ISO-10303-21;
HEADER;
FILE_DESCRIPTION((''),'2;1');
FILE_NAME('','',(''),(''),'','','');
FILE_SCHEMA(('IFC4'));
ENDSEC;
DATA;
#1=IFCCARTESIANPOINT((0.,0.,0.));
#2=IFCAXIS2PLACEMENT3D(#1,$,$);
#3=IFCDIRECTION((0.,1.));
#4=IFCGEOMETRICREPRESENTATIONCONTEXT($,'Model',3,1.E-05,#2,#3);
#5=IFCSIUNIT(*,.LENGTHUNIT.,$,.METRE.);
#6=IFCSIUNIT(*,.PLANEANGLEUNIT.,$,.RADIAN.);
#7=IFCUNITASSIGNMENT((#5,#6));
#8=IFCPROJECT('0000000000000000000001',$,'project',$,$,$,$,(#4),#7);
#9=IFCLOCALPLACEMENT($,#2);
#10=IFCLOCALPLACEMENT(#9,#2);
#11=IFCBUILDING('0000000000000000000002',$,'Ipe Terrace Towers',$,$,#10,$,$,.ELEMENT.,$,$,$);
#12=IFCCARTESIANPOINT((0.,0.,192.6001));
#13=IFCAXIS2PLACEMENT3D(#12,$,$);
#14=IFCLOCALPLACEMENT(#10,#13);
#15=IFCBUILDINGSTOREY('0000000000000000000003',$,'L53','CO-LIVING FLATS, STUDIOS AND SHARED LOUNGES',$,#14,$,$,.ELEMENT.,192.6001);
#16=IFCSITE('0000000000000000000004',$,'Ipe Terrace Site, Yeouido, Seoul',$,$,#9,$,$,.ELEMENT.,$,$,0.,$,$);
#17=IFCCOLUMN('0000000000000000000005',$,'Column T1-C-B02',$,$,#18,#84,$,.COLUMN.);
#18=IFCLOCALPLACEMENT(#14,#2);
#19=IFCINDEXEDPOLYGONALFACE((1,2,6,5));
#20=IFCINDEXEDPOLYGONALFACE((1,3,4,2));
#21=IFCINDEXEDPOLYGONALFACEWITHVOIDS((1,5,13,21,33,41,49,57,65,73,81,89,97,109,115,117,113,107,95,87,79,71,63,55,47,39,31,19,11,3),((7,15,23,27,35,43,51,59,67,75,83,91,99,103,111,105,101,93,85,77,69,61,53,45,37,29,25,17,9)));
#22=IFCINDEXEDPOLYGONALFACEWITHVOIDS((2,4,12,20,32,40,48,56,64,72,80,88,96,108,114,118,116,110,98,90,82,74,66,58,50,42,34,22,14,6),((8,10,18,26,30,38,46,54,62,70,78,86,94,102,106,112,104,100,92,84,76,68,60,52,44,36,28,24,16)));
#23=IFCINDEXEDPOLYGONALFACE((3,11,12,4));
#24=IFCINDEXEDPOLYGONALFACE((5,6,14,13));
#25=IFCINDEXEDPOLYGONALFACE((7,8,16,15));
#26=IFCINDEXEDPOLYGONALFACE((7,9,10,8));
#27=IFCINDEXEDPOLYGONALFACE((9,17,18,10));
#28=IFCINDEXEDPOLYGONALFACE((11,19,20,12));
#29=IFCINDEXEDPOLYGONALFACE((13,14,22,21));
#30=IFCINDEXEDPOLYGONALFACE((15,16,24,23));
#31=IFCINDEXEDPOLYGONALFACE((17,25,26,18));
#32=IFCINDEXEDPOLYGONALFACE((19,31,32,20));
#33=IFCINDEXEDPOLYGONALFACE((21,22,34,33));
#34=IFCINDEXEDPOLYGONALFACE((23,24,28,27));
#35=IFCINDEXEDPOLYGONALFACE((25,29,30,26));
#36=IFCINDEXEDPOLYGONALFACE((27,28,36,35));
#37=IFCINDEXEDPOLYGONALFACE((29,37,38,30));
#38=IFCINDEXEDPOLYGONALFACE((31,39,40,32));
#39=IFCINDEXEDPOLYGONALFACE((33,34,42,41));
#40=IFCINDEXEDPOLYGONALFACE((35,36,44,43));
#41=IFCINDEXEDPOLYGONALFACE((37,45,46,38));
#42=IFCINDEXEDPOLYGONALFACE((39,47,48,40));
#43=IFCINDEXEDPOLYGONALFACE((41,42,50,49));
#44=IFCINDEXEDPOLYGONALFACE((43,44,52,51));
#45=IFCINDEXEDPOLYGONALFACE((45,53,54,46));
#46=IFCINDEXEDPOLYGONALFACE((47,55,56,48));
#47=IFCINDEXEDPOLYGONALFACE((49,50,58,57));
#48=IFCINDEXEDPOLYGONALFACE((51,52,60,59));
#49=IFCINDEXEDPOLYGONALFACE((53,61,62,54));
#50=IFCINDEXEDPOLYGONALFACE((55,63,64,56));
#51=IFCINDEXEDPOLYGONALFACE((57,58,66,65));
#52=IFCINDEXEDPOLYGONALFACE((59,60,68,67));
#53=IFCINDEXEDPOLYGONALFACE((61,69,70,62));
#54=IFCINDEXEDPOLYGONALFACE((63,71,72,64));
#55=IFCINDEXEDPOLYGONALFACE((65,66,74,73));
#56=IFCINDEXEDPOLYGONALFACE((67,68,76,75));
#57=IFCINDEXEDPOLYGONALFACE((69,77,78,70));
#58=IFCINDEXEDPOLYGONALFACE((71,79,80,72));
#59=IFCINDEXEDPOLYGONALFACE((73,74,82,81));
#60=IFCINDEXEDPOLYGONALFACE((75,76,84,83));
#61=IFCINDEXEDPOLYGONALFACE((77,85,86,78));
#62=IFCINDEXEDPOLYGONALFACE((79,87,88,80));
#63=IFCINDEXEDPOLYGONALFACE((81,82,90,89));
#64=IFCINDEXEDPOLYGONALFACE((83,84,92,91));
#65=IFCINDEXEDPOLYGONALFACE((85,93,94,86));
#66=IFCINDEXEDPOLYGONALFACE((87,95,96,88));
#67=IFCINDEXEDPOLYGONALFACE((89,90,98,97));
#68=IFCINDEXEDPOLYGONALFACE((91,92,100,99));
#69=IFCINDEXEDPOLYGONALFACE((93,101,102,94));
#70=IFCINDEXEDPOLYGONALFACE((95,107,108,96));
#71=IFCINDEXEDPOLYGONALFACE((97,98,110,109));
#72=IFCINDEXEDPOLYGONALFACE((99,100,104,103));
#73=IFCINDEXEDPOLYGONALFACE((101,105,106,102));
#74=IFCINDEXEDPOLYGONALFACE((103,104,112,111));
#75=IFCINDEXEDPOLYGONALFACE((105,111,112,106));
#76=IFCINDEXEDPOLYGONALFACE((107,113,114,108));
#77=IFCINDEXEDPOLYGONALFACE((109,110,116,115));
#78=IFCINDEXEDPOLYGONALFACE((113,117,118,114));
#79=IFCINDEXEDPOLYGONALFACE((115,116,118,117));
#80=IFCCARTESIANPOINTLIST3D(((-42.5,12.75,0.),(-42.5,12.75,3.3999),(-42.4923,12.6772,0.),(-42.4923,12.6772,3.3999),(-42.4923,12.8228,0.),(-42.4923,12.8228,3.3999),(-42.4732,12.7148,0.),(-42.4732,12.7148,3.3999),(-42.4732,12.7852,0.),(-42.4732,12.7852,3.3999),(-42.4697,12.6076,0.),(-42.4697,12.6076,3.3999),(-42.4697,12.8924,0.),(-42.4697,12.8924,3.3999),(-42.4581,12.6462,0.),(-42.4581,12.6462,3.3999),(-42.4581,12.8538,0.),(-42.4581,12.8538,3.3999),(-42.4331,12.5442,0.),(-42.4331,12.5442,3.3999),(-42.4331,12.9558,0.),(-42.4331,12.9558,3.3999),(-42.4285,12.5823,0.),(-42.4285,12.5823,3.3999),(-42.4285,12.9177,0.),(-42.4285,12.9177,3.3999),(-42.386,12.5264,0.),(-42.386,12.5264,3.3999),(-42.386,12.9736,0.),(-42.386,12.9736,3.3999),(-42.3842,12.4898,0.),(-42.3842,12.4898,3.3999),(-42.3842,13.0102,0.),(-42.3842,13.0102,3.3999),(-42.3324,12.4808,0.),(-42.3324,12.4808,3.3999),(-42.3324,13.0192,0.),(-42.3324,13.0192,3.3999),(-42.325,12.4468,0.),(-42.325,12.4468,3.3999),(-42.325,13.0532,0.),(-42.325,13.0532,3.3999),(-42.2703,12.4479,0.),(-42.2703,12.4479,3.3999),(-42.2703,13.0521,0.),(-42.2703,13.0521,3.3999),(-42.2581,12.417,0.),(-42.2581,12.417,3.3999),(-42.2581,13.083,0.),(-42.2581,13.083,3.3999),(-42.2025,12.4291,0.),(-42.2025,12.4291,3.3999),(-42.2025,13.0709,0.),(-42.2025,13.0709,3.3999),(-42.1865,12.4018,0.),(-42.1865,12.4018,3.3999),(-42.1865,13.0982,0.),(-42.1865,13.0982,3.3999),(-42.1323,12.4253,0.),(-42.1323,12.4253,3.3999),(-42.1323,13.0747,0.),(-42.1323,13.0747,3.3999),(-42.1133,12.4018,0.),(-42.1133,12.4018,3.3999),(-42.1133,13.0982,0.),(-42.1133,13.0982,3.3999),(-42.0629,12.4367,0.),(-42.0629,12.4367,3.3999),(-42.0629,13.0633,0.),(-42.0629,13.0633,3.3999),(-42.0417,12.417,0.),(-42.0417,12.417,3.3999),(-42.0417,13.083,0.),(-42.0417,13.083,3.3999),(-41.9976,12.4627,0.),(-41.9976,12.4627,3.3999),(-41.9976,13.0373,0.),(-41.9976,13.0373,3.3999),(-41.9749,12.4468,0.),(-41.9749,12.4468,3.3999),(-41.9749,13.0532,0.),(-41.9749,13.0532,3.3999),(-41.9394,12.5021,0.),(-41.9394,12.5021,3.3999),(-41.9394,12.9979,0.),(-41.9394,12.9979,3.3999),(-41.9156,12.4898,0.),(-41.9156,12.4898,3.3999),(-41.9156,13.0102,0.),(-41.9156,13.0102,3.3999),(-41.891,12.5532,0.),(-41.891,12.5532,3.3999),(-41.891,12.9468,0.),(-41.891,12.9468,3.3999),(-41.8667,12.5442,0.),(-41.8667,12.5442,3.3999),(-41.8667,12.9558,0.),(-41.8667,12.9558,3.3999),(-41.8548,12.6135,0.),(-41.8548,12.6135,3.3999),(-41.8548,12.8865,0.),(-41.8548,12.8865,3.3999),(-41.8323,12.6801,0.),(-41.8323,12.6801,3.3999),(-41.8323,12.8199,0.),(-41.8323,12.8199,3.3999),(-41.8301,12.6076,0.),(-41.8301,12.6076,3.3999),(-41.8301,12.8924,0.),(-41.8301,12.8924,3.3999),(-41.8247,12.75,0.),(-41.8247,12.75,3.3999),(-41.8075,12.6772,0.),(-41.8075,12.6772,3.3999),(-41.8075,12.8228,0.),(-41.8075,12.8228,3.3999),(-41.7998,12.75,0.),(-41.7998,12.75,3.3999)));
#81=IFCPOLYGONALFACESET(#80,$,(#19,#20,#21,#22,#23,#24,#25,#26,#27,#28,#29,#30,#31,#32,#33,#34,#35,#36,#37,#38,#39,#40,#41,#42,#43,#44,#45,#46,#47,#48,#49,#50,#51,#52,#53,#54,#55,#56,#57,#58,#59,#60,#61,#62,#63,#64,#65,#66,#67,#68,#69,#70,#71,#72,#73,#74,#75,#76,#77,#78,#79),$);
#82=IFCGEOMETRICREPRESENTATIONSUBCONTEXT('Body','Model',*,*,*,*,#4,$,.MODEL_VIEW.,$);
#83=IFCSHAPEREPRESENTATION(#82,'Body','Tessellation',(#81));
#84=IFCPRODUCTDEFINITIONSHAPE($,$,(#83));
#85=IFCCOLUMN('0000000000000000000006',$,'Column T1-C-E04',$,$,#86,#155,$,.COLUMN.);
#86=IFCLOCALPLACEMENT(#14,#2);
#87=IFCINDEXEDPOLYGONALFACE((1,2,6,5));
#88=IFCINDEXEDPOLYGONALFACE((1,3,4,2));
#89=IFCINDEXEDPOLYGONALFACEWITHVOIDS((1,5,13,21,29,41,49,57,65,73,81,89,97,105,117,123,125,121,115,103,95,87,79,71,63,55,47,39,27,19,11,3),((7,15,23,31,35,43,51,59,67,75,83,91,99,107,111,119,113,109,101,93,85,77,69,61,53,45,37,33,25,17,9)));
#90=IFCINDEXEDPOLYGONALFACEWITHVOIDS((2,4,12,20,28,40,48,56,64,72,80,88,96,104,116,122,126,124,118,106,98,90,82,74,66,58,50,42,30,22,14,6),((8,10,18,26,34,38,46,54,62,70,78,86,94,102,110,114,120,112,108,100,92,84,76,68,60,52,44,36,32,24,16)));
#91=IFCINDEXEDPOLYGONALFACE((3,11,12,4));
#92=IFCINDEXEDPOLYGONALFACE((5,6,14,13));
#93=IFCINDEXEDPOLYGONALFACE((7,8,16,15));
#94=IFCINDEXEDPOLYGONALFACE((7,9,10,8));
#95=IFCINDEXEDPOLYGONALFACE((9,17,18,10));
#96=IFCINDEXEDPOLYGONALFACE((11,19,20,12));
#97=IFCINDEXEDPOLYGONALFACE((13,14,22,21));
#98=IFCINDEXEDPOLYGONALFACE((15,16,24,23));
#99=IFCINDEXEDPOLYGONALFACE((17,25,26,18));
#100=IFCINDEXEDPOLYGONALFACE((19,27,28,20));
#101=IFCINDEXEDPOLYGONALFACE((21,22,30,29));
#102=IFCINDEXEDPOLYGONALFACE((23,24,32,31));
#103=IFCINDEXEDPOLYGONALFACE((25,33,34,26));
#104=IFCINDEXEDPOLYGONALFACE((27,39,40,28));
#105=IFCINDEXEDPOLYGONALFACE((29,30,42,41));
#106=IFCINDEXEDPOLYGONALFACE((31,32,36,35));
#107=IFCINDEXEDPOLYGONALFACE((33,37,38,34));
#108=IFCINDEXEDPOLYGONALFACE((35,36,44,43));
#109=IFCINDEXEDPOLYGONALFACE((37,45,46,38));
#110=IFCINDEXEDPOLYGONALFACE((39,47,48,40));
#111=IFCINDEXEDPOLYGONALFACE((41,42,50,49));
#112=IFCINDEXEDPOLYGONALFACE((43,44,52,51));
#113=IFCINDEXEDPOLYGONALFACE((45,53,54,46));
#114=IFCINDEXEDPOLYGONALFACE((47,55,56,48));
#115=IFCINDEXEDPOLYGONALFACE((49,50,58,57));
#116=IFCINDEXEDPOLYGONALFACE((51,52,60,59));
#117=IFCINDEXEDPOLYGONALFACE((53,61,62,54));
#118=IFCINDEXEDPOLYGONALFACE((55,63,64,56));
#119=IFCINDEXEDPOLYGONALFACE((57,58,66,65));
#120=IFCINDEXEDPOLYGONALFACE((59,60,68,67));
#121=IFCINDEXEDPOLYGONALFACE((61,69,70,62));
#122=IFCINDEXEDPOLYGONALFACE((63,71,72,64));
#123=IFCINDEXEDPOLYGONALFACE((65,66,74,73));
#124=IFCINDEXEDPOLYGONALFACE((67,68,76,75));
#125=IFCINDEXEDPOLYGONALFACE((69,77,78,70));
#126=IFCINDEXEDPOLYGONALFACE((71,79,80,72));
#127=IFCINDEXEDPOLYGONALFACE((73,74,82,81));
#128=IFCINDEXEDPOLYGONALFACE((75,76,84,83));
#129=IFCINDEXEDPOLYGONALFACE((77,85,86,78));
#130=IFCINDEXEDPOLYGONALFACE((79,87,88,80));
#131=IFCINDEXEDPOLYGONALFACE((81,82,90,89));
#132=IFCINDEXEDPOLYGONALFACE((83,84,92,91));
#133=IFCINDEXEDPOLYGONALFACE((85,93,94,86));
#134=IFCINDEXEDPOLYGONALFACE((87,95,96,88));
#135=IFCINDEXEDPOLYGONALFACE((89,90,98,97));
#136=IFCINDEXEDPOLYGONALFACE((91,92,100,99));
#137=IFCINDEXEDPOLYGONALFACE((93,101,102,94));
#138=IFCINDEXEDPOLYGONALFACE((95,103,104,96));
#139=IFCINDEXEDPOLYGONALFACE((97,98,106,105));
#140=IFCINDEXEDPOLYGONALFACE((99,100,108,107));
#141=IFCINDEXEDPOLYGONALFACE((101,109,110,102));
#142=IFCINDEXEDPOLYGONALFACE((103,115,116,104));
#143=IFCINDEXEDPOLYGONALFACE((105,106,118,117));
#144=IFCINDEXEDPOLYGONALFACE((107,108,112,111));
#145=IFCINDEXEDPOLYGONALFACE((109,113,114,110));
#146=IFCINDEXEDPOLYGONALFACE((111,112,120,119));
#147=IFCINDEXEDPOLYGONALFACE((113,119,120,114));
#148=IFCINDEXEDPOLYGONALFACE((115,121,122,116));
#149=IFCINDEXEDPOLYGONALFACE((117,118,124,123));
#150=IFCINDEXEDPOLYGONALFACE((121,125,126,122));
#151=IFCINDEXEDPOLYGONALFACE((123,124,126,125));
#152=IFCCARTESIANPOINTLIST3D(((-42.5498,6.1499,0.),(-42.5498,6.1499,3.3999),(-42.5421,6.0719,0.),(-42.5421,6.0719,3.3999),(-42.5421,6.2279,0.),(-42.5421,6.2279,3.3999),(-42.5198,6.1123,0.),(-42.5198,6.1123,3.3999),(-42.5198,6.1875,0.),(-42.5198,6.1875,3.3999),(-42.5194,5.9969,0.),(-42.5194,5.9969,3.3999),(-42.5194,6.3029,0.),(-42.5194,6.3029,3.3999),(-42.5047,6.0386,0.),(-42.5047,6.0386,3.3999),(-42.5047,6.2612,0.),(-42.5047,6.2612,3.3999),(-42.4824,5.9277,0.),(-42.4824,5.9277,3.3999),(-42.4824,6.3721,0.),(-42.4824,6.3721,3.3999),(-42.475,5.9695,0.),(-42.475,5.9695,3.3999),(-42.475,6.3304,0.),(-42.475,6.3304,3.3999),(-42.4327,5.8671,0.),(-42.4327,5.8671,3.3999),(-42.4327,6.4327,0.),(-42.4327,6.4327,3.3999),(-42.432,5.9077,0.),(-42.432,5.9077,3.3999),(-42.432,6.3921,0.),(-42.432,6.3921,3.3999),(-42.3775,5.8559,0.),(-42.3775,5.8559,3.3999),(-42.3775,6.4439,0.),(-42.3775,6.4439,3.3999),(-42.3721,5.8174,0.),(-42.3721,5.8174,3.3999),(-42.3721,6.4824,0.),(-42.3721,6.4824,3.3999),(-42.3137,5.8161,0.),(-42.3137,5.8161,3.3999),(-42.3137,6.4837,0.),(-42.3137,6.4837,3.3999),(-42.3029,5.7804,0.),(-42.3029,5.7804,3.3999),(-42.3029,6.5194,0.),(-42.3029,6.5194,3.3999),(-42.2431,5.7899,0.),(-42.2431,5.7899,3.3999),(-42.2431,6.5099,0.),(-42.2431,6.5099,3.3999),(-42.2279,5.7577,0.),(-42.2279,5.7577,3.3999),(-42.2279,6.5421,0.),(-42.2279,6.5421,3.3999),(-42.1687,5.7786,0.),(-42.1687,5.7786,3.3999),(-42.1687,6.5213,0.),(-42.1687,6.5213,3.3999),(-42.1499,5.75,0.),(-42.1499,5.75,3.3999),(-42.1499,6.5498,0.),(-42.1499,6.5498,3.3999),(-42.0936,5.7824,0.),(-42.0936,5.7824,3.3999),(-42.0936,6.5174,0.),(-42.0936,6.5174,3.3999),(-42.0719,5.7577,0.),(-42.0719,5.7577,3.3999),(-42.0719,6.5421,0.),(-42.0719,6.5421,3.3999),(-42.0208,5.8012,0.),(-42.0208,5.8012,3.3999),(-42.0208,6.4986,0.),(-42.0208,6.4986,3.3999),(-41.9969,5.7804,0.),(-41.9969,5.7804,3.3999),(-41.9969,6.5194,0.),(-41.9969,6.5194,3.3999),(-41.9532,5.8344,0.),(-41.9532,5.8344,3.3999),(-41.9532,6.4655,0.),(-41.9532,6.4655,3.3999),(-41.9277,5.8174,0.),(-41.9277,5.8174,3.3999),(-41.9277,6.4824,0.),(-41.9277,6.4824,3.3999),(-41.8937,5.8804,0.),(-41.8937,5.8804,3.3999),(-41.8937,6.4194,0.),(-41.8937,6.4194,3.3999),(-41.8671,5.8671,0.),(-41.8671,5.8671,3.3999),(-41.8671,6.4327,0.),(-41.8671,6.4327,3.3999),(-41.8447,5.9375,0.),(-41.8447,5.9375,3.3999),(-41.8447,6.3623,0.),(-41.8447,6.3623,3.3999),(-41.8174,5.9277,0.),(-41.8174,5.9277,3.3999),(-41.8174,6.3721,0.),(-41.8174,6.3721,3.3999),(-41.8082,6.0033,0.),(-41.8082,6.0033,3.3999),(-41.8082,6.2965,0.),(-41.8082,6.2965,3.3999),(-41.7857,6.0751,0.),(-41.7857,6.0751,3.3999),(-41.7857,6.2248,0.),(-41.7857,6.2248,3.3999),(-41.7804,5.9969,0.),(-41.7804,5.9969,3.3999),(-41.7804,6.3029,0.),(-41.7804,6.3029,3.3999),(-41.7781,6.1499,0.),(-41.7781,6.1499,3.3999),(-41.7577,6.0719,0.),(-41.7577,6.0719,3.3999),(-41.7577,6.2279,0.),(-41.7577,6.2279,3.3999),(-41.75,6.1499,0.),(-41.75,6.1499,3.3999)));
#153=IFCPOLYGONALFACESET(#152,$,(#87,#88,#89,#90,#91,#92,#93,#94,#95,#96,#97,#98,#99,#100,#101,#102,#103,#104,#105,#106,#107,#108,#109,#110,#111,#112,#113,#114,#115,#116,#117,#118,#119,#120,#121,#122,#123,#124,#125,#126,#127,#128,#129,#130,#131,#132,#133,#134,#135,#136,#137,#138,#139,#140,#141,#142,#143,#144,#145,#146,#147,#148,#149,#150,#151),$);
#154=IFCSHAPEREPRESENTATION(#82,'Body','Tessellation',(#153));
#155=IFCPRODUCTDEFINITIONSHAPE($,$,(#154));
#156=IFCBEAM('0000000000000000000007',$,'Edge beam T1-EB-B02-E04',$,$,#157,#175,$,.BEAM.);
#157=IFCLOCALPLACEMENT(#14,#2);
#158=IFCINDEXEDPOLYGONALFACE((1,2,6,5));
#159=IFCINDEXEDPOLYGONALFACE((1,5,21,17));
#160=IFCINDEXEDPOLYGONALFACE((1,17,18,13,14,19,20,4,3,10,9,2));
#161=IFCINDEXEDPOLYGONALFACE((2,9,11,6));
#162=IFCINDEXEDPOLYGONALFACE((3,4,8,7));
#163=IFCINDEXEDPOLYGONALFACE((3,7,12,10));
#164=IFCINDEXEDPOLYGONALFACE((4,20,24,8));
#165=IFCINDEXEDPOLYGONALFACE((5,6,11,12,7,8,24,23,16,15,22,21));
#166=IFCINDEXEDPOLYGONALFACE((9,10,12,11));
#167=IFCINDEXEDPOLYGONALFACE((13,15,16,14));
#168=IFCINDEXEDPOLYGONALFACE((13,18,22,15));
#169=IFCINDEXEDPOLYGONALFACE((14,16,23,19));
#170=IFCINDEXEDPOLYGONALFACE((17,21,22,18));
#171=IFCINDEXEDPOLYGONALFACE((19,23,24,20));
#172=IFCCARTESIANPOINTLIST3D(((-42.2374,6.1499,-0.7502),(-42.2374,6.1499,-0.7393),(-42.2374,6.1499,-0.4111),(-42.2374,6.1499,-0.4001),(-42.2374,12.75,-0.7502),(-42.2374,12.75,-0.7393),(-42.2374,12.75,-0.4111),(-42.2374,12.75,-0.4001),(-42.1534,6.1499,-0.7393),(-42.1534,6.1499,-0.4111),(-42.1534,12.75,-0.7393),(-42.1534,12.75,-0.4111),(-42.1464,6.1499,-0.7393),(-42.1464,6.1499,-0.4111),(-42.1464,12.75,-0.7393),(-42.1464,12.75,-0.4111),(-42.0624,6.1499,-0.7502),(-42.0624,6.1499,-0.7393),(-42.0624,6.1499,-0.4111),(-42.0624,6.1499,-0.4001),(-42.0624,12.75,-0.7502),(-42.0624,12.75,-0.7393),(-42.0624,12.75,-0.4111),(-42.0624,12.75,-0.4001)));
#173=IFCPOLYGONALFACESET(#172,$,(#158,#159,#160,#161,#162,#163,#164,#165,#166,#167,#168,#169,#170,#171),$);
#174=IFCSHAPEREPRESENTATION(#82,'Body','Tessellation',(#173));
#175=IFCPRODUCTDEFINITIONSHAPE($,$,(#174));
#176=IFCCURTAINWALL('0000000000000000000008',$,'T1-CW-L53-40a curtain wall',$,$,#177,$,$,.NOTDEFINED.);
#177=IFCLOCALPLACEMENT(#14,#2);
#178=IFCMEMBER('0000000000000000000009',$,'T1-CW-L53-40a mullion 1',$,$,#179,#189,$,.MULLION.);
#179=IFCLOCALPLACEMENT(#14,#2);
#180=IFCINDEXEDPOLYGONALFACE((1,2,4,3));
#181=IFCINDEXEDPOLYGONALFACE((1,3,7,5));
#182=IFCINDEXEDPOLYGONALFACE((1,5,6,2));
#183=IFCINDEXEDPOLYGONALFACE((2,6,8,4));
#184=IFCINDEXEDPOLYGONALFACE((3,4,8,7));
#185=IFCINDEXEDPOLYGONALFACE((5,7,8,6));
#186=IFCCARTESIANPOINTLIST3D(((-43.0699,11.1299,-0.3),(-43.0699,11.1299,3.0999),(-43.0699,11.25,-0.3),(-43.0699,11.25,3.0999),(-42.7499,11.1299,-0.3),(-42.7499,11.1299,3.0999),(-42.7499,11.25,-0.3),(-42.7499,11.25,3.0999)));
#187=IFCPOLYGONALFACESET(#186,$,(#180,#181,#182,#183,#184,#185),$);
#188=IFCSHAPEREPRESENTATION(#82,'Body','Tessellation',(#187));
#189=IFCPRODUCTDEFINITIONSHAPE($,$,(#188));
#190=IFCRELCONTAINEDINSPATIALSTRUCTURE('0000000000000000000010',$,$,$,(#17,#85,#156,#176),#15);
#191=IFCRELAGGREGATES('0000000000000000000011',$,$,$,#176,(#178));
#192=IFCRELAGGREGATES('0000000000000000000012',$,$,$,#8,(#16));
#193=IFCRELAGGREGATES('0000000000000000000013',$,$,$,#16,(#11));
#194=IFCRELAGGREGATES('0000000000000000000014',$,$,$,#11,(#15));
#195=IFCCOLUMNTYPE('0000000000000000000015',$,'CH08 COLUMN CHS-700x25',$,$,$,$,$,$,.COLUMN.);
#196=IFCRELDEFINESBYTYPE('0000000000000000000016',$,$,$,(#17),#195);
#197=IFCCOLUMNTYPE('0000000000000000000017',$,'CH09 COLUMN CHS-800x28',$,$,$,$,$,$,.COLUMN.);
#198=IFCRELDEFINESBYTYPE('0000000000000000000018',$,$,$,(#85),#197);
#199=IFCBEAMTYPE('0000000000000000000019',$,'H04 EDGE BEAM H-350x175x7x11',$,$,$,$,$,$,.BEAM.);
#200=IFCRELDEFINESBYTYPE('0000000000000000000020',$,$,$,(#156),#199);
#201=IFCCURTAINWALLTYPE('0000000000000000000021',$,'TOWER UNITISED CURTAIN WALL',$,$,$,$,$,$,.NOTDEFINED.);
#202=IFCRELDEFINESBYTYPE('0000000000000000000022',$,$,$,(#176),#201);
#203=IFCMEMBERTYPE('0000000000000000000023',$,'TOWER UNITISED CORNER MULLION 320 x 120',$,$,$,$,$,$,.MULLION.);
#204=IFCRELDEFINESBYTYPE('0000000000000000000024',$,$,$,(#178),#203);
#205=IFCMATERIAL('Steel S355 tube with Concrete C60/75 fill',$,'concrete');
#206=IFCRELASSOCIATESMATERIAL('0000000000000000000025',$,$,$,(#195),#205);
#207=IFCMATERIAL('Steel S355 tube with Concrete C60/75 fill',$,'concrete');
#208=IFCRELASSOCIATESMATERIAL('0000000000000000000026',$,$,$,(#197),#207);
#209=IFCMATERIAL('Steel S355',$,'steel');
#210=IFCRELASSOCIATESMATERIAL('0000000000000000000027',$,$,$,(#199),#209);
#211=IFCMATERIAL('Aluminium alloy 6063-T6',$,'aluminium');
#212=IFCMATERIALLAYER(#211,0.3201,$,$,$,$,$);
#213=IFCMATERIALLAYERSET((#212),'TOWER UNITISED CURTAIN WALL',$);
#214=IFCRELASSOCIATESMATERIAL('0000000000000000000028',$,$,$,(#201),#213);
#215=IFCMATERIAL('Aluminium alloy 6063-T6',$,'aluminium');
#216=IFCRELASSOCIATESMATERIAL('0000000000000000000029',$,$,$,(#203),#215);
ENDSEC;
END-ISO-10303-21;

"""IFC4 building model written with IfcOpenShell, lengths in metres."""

from ifc_helpers import new_model, si_unit, direction, frame, origin, origin_2d, place, context, subcontext, project, spatial, rectangle, hollow_circle, i_section, extrude, material, layer, layer_set, material_profile, profile_set, type_object, element, aggregate, save


model = new_model("IFC4")

# Units and contexts
model_context = context("Model", 3, precision=1e-05, world=origin(), true_north=direction((0.0, 1.0)))
body_context = subcontext(model_context, "Body", "Model", "MODEL_VIEW")
ifc_project = project(units=[si_unit("LENGTHUNIT", "METRE"), si_unit("PLANEANGLEUNIT", "RADIAN")], contexts=[model_context])

# Site, building, storey
site_placement = place(None, origin())
site = spatial("IfcSite", under=ifc_project, at=site_placement, Name="Ipe Terrace Site, Yeouido, Seoul", CompositionType="ELEMENT", RefElevation=0.0)
building_placement = place(site_placement, origin())
building = spatial("IfcBuilding", under=site, at=building_placement, Name="Ipe Terrace Towers", CompositionType="ELEMENT")
storey_placement = place(building_placement, frame((0.0, 0.0, 192.6001)))
storey = spatial("IfcBuildingStorey", under=building, at=storey_placement, Name="L53", Description="CO-LIVING FLATS, STUDIOS AND SHARED LOUNGES", CompositionType="ELEMENT", Elevation=192.6001)

# Columns
ifc_material_1 = material(Name="Steel S355 tube with Concrete C60/75 fill", Category="concrete")
ifc_material_profile_1 = material_profile(ifc_material_1, hollow_circle(Radius=0.3501, WallThickness=0.0249, at=origin_2d()), Name="CHS-700x25")
ifc_profile_set_1 = profile_set([ifc_material_profile_1], Name="Steel S355 tube with Concrete C60/75 fill")
column_type_1 = type_object("IfcColumnType", Name="CH08 COLUMN CHS-700x25", PredefinedType="COLUMN", material=ifc_profile_set_1)
column_1_placement = place(storey_placement, frame((-42.1499, 12.75, 0.0), z_axis=(0.0, 0.0, 1.0), x_axis=(1.0, 0.0, 0.0)))
element("IfcColumn", 1, at=column_1_placement, inside=storey, type_object=column_type_1, Name="Column T1-C-B02", PredefinedType="COLUMN", context=body_context, shape_type="SweptSolid", body=[
    extrude(hollow_circle(Radius=0.3501, WallThickness=0.0249, at=origin_2d()), origin(), (0.0, 0.0, 1.0), 3.3999),
])
ifc_material_2 = material(Name="Steel S355 tube with Concrete C60/75 fill", Category="concrete")
ifc_material_profile_2 = material_profile(ifc_material_2, hollow_circle(Radius=0.3999, WallThickness=0.0281, at=origin_2d()), Name="CHS-800x28")
ifc_profile_set_2 = profile_set([ifc_material_profile_2], Name="Steel S355 tube with Concrete C60/75 fill")
column_type_2 = type_object("IfcColumnType", Name="CH09 COLUMN CHS-800x28", PredefinedType="COLUMN", material=ifc_profile_set_2)
column_2_placement = place(storey_placement, frame((-42.1499, 6.1499, 0.0), z_axis=(0.0, 0.0, 1.0), x_axis=(1.0, 0.0, 0.0)))
element("IfcColumn", 2, at=column_2_placement, inside=storey, type_object=column_type_2, Name="Column T1-C-E04", PredefinedType="COLUMN", context=body_context, shape_type="SweptSolid", body=[
    extrude(hollow_circle(Radius=0.3999, WallThickness=0.0281, at=origin_2d()), origin(), (0.0, 0.0, 1.0), 3.3999),
])

# Beam
ifc_material_3 = material(Name="Steel S355", Category="steel")
ifc_material_profile_3 = material_profile(ifc_material_3, i_section(OverallWidth=0.175, OverallDepth=0.3501, WebThickness=0.0071, FlangeThickness=0.011, at=origin_2d()), Name="H-350x175x7x11")
ifc_profile_set_3 = profile_set([ifc_material_profile_3], Name="Steel S355")
beam_type = type_object("IfcBeamType", Name="H04 EDGE BEAM H-350x175x7x11", PredefinedType="BEAM", material=ifc_profile_set_3)
beam_placement = place(storey_placement, frame((-42.1499, 12.75, -0.5752), z_axis=(0.0, -1.0, 0.0), x_axis=(1.0, 0.0, 0.0)))
element("IfcBeam", 3, at=beam_placement, inside=storey, type_object=beam_type, Name="Edge beam T1-EB-B02-E04", PredefinedType="BEAM", context=body_context, shape_type="SweptSolid", body=[
    extrude(i_section(OverallWidth=0.175, OverallDepth=0.3501, WebThickness=0.0071, FlangeThickness=0.011, at=origin_2d()), origin(), (0.0, 0.0, 1.0), 6.6001),
])

# Curtain wall, member
ifc_material_4 = material(Name="Aluminium alloy 6063-T6", Category="aluminium")
ifc_layer_1 = layer(ifc_material_4, 0.3201)
ifc_layer_set_1 = layer_set([ifc_layer_1], Name="TOWER UNITISED CURTAIN WALL")
curtain_wall_type = type_object("IfcCurtainWallType", Name="TOWER UNITISED CURTAIN WALL", PredefinedType="NOTDEFINED", material=ifc_layer_set_1)
curtain_wall_placement = place(storey_placement, origin())
curtain_wall = element("IfcCurtainWall", 4, at=curtain_wall_placement, inside=storey, type_object=curtain_wall_type, Name="T1-CW-L53-40a curtain wall", PredefinedType="NOTDEFINED")
ifc_material_5 = material(Name="Aluminium alloy 6063-T6", Category="aluminium")
ifc_material_profile_4 = material_profile(ifc_material_5, rectangle(XDim=0.3201, YDim=0.1201, at=origin_2d()), Name="TOWER UNITISED CORNER MULLION 320 x 120")
ifc_profile_set_4 = profile_set([ifc_material_profile_4], Name="Aluminium alloy 6063-T6")
member_type = type_object("IfcMemberType", Name="TOWER UNITISED CORNER MULLION 320 x 120", PredefinedType="MULLION", material=ifc_profile_set_4)
member_1_placement = place(storey_placement, frame((-42.9099, 11.1899, -0.3), z_axis=(0.0, 0.0, 1.0), x_axis=(-1.0, 0.0, 0.0)))
member_1 = element("IfcMember", 5, at=member_1_placement, type_object=member_type, Name="T1-CW-L53-40a mullion 1", PredefinedType="MULLION", context=body_context, shape_type="SweptSolid", body=[
    extrude(rectangle(XDim=0.3201, YDim=0.1201, at=origin_2d()), origin(), (0.0, 0.0, 1.0), 3.3999),
])
aggregate(curtain_wall, [member_1])

save(model, "model.ifc")
